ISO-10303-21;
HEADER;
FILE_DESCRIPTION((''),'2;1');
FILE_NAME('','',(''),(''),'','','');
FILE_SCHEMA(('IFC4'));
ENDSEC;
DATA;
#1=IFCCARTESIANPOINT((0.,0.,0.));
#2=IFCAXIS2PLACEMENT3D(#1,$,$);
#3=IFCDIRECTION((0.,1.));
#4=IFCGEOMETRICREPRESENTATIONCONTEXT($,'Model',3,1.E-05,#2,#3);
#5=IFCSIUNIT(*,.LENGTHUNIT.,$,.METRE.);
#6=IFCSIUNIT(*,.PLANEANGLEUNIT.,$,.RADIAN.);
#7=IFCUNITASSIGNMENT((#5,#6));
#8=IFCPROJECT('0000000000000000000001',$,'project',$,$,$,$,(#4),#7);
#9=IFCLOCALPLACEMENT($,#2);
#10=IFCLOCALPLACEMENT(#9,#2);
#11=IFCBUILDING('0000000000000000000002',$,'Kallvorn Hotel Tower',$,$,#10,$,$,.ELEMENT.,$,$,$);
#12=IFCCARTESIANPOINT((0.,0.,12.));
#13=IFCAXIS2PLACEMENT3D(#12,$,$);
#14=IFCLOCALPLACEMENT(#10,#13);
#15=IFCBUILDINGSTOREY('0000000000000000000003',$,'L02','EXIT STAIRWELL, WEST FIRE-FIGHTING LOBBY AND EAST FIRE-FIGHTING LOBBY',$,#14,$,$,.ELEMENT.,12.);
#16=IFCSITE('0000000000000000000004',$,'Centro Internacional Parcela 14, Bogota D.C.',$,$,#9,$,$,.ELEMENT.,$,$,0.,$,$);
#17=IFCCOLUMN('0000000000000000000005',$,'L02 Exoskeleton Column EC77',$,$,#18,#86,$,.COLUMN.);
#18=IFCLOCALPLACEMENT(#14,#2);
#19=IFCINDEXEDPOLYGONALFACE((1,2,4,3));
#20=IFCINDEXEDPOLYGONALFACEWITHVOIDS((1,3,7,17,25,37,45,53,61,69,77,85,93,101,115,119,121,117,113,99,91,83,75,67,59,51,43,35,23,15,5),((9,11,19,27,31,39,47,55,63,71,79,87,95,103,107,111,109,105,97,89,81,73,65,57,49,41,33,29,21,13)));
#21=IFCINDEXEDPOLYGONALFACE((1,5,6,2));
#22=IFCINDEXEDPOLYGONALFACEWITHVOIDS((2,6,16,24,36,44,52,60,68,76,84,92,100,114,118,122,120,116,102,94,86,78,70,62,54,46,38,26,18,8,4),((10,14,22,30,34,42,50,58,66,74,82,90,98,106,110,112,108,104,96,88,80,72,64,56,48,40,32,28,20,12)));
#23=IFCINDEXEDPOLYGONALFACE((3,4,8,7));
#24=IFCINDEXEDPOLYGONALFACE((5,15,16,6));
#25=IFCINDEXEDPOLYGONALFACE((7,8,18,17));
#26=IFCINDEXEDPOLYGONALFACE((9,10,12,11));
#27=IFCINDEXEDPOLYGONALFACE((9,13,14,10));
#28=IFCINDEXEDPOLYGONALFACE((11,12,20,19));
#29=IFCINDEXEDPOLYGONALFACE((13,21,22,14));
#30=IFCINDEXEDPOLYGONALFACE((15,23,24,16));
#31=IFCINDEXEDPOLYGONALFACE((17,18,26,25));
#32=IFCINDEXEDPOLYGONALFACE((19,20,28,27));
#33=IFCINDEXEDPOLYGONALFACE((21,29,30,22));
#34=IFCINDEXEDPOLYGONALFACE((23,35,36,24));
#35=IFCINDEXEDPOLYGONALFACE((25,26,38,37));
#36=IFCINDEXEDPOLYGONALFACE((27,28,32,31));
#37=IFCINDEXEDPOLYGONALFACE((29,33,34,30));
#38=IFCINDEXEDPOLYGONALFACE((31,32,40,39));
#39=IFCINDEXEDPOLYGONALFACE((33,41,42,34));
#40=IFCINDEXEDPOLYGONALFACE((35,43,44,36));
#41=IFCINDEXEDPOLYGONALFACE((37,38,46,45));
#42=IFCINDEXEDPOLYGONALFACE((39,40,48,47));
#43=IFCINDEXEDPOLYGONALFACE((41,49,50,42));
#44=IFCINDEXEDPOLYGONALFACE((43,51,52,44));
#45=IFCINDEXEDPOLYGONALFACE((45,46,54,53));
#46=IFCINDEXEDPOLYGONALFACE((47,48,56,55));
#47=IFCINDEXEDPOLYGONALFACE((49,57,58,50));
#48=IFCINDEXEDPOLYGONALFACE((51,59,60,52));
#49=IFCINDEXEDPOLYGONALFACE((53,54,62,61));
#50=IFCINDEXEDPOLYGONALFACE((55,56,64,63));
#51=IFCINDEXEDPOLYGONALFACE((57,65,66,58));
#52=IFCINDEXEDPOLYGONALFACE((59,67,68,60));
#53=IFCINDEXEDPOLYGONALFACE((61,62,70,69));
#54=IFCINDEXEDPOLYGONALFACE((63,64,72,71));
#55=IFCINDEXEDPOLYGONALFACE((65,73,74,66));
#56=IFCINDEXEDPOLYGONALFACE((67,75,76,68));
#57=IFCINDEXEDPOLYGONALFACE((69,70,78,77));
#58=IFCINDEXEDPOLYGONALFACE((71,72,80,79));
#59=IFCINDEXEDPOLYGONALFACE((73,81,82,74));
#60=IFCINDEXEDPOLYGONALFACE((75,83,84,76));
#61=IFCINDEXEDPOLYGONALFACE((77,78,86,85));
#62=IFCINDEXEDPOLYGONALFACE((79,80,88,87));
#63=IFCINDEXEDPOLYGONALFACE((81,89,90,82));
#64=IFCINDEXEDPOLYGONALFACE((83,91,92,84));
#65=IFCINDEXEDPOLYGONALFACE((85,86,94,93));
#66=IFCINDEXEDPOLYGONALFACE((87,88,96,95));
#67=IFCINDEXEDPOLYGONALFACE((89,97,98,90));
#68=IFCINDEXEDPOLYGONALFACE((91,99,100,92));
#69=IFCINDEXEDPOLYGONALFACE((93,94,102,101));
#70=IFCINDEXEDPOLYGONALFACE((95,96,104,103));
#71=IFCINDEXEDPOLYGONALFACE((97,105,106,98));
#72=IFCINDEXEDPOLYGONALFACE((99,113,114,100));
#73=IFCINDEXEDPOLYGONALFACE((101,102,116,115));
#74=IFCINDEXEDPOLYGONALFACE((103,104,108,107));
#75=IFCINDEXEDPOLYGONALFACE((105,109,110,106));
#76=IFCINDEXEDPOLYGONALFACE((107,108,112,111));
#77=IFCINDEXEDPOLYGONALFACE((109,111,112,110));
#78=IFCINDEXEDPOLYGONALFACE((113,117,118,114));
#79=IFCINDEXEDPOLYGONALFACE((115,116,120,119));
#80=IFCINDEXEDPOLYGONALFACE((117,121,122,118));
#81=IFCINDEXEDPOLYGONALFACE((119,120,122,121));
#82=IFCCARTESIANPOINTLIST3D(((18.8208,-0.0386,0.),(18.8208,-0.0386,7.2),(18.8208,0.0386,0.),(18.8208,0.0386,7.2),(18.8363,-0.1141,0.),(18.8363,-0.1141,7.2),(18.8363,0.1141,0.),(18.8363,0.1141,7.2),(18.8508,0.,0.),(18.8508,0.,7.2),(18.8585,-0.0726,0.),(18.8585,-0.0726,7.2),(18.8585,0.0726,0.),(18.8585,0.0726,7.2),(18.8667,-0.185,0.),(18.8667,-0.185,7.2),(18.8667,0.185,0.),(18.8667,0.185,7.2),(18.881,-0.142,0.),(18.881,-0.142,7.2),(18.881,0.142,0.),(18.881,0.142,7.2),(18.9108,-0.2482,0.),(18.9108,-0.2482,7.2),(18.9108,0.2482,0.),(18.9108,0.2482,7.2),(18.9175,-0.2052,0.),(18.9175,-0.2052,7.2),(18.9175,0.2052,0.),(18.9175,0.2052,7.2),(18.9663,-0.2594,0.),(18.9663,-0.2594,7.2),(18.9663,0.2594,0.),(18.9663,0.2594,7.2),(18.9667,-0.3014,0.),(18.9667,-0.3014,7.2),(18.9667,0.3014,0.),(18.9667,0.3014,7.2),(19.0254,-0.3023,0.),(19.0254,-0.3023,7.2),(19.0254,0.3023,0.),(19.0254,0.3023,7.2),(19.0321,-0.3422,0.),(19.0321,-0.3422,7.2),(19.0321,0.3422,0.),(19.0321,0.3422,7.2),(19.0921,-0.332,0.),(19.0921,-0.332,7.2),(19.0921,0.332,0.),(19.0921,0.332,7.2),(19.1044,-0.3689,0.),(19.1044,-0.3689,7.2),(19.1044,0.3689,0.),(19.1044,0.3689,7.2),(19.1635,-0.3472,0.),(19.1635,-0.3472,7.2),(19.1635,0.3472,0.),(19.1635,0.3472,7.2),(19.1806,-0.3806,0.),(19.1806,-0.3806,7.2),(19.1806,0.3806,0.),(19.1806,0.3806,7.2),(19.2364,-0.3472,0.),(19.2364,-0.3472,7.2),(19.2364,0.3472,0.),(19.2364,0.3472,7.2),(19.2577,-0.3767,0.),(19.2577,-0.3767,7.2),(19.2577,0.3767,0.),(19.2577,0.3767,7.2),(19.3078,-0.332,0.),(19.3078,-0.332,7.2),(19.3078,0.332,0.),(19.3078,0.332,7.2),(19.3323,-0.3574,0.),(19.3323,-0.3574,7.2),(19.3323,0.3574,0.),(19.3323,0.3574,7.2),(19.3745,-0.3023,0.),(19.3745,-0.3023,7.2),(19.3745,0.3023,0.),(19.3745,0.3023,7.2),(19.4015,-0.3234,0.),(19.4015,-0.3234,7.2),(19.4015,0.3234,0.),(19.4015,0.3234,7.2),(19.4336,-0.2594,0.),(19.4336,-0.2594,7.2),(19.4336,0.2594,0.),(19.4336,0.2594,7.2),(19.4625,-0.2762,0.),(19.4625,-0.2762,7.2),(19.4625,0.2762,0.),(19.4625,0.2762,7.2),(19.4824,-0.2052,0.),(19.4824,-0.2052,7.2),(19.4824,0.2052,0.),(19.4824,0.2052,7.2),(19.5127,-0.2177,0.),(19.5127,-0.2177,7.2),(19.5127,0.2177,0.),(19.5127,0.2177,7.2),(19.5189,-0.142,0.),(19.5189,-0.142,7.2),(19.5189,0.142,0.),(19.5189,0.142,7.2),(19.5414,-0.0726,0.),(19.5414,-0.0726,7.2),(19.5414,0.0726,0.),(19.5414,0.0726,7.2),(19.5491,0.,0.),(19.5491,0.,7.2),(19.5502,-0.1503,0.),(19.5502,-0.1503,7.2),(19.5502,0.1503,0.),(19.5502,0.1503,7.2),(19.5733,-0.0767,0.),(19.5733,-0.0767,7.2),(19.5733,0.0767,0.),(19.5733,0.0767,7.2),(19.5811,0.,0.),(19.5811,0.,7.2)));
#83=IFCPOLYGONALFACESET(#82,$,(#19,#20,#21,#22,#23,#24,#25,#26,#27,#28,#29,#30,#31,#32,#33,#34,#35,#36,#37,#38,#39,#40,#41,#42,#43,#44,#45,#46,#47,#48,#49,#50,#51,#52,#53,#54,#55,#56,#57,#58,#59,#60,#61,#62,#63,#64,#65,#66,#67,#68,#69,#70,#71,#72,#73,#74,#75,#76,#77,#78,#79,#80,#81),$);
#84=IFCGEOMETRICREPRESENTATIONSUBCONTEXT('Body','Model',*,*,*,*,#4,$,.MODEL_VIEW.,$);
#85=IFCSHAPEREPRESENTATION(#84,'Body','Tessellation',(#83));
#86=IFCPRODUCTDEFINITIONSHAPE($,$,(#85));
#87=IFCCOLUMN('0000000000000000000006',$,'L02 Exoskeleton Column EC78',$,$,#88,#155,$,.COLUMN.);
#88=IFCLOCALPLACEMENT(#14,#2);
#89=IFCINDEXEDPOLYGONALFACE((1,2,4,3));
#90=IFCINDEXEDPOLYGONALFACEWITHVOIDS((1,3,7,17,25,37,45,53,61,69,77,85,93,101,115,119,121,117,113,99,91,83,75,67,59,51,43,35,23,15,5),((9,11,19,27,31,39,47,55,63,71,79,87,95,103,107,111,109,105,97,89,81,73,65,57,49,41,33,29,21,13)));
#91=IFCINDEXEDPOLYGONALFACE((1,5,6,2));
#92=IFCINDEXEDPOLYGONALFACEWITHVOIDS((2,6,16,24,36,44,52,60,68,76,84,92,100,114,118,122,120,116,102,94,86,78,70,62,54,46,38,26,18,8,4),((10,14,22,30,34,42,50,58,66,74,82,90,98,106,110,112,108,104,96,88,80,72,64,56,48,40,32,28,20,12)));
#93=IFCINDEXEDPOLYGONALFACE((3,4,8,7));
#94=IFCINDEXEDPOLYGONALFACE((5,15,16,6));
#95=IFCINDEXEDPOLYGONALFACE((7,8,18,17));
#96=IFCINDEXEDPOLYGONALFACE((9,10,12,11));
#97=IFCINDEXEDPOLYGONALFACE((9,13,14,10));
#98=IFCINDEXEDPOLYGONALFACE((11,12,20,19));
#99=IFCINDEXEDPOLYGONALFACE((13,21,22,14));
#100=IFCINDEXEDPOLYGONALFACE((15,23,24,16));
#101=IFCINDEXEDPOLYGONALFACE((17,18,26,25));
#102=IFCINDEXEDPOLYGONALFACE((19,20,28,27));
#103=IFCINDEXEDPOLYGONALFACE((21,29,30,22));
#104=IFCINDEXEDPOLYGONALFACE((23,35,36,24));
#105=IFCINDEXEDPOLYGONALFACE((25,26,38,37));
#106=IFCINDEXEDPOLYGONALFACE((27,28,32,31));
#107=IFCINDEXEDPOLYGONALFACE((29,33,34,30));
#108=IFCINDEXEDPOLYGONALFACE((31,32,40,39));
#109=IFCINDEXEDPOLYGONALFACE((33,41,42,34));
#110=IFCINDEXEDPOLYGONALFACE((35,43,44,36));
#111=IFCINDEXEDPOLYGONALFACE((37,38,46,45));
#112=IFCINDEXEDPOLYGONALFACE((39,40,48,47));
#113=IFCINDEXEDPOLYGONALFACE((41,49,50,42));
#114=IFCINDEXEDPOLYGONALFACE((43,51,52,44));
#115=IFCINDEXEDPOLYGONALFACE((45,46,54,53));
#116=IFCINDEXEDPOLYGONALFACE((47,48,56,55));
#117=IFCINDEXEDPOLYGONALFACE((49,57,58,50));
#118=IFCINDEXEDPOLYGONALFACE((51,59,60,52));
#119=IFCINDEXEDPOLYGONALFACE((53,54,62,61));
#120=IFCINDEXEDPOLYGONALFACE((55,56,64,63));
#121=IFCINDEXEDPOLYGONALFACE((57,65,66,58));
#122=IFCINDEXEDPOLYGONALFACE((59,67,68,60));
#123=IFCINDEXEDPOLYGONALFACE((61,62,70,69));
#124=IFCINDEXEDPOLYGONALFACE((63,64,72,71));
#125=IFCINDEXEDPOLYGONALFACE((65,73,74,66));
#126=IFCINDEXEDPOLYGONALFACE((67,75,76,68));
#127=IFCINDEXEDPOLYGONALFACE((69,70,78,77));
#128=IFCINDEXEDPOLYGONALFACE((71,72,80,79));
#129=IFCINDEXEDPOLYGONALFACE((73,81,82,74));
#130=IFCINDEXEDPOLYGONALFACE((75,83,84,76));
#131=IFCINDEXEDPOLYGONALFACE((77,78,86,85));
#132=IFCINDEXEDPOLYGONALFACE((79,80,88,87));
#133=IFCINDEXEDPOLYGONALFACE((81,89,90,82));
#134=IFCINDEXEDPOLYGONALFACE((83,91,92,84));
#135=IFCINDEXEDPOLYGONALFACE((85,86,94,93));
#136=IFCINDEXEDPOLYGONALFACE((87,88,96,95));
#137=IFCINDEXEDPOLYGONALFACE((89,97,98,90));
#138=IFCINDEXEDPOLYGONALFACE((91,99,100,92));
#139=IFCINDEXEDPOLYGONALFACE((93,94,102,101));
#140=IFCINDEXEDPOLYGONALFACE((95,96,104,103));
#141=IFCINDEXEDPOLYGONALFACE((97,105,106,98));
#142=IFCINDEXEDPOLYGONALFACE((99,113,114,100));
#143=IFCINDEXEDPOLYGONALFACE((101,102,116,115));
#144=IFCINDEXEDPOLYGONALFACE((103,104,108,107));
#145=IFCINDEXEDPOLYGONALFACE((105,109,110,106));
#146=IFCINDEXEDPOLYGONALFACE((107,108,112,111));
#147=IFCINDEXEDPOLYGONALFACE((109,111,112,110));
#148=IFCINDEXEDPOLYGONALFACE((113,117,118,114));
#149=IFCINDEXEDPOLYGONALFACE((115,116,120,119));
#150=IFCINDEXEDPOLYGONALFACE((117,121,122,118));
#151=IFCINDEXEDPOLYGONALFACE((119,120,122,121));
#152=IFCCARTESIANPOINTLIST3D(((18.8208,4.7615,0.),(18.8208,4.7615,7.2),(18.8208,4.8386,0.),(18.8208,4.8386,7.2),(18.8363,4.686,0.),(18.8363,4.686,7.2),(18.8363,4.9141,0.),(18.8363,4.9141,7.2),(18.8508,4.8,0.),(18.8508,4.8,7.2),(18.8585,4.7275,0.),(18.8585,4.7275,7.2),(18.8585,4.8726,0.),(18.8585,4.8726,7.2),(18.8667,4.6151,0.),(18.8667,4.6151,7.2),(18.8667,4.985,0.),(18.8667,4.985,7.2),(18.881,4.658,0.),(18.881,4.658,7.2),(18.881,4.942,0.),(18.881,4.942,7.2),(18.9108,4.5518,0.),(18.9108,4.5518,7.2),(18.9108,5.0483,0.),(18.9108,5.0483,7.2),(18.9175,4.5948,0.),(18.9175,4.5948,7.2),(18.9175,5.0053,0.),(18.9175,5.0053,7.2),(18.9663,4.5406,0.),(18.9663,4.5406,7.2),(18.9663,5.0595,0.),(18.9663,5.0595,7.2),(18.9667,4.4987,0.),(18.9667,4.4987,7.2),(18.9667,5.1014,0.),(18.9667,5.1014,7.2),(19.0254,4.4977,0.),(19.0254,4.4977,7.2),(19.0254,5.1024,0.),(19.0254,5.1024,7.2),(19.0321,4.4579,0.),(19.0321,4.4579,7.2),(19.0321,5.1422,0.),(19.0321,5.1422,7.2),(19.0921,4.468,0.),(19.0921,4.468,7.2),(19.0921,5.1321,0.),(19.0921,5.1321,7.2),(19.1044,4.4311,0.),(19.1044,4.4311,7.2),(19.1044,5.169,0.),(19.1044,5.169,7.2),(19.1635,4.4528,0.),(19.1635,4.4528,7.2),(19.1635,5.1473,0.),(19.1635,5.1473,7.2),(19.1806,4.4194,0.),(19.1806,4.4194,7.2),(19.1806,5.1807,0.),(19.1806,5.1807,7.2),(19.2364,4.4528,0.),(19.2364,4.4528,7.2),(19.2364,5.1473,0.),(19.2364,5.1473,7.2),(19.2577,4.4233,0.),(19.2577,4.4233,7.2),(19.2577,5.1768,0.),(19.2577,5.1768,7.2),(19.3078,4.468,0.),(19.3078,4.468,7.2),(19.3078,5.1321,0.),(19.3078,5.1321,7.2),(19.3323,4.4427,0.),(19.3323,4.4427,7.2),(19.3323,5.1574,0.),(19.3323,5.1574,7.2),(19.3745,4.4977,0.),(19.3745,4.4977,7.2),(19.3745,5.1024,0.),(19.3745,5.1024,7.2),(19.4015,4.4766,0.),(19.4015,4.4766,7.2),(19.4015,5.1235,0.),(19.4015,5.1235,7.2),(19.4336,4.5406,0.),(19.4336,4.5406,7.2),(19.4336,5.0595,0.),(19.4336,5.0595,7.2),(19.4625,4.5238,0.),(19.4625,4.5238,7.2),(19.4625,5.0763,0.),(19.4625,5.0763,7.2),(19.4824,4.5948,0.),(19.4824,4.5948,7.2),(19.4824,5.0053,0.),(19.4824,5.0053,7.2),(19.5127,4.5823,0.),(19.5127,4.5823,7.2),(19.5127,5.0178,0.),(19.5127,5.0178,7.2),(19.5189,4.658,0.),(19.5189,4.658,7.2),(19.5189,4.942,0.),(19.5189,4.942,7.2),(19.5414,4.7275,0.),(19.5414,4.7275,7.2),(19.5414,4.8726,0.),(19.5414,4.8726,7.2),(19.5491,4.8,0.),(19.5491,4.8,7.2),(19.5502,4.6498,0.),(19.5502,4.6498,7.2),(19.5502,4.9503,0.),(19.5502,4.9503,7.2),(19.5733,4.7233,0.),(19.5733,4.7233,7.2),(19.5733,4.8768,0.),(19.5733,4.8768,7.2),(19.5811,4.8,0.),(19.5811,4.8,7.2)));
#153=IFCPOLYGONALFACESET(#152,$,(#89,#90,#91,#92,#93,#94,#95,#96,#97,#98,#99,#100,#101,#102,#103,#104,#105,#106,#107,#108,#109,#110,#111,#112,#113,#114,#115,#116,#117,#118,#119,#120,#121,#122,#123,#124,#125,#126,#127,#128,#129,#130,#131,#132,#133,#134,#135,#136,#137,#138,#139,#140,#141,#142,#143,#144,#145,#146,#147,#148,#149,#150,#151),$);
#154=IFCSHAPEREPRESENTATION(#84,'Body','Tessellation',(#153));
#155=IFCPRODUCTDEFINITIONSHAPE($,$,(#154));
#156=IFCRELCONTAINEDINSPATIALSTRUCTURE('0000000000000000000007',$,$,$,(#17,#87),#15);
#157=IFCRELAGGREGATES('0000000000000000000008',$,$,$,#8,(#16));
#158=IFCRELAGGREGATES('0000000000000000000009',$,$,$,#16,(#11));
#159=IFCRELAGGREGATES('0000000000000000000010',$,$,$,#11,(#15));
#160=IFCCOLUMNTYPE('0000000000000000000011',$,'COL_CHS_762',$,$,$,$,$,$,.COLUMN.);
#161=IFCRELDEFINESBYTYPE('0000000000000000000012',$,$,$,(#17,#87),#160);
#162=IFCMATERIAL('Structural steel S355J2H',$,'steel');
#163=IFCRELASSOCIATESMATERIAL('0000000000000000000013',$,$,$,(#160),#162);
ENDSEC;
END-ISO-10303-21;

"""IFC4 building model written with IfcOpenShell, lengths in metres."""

from ifc_helpers import new_model, si_unit, direction, frame, origin, origin_2d, place, context, subcontext, project, spatial, hollow_circle, extrude, material, material_profile, profile_set, type_object, element, save


model = new_model("IFC4")

# Units and contexts
model_context = context("Model", 3, precision=1e-05, world=origin(), true_north=direction((0.0, 1.0)))
body_context = subcontext(model_context, "Body", "Model", "MODEL_VIEW")
ifc_project = project(units=[si_unit("LENGTHUNIT", "METRE"), si_unit("PLANEANGLEUNIT", "RADIAN")], contexts=[model_context])

# Site, building, storey
site_placement = place(None, origin())
site = spatial("IfcSite", under=ifc_project, at=site_placement, Name="Centro Internacional Parcela 14, Bogota D.C.", CompositionType="ELEMENT", RefElevation=0.0)
building_placement = place(site_placement, origin())
building = spatial("IfcBuilding", under=site, at=building_placement, Name="Kallvorn Hotel Tower", CompositionType="ELEMENT")
storey_placement = place(building_placement, frame((0.0, 0.0, 12.0)))
storey = spatial("IfcBuildingStorey", under=building, at=storey_placement, Name="L02", Description="EXIT STAIRWELL, WEST FIRE-FIGHTING LOBBY AND EAST FIRE-FIGHTING LOBBY", CompositionType="ELEMENT", Elevation=12.0)

# Columns
ifc_material_1 = material(Name="Structural steel S355J2H", Category="steel")
ifc_material_profile_1 = material_profile(ifc_material_1, hollow_circle(Radius=0.3811, WallThickness=0.032, at=origin_2d()), Name="CHS 762x32")
ifc_profile_set_1 = profile_set([ifc_material_profile_1], Name="Structural steel S355J2H")
column_type_1 = type_object("IfcColumnType", Name="COL_CHS_762", PredefinedType="COLUMN", material=ifc_profile_set_1)
for number, where, z_axis, x_axis, name in (
    (1, (19.2, 0.0, 0.0), (0.0, 0.0, 1.0), (1.0, 0.0, 0.0), "L02 Exoskeleton Column EC77"),
    (2, (19.2, 4.8, 0.0), (0.0, 0.0, 1.0), (1.0, 0.0, 0.0), "L02 Exoskeleton Column EC78"),
):
    element("IfcColumn", number, at=place(storey_placement, frame(where, z_axis=z_axis, x_axis=x_axis)), inside=storey, type_object=column_type_1, Name=name, PredefinedType="COLUMN", context=body_context, shape_type="SweptSolid", body=[
        extrude(hollow_circle(Radius=0.3811, WallThickness=0.032, at=origin_2d()), origin(), (0.0, 0.0, 1.0), 7.2),
    ])

save(model, "model.ifc")
